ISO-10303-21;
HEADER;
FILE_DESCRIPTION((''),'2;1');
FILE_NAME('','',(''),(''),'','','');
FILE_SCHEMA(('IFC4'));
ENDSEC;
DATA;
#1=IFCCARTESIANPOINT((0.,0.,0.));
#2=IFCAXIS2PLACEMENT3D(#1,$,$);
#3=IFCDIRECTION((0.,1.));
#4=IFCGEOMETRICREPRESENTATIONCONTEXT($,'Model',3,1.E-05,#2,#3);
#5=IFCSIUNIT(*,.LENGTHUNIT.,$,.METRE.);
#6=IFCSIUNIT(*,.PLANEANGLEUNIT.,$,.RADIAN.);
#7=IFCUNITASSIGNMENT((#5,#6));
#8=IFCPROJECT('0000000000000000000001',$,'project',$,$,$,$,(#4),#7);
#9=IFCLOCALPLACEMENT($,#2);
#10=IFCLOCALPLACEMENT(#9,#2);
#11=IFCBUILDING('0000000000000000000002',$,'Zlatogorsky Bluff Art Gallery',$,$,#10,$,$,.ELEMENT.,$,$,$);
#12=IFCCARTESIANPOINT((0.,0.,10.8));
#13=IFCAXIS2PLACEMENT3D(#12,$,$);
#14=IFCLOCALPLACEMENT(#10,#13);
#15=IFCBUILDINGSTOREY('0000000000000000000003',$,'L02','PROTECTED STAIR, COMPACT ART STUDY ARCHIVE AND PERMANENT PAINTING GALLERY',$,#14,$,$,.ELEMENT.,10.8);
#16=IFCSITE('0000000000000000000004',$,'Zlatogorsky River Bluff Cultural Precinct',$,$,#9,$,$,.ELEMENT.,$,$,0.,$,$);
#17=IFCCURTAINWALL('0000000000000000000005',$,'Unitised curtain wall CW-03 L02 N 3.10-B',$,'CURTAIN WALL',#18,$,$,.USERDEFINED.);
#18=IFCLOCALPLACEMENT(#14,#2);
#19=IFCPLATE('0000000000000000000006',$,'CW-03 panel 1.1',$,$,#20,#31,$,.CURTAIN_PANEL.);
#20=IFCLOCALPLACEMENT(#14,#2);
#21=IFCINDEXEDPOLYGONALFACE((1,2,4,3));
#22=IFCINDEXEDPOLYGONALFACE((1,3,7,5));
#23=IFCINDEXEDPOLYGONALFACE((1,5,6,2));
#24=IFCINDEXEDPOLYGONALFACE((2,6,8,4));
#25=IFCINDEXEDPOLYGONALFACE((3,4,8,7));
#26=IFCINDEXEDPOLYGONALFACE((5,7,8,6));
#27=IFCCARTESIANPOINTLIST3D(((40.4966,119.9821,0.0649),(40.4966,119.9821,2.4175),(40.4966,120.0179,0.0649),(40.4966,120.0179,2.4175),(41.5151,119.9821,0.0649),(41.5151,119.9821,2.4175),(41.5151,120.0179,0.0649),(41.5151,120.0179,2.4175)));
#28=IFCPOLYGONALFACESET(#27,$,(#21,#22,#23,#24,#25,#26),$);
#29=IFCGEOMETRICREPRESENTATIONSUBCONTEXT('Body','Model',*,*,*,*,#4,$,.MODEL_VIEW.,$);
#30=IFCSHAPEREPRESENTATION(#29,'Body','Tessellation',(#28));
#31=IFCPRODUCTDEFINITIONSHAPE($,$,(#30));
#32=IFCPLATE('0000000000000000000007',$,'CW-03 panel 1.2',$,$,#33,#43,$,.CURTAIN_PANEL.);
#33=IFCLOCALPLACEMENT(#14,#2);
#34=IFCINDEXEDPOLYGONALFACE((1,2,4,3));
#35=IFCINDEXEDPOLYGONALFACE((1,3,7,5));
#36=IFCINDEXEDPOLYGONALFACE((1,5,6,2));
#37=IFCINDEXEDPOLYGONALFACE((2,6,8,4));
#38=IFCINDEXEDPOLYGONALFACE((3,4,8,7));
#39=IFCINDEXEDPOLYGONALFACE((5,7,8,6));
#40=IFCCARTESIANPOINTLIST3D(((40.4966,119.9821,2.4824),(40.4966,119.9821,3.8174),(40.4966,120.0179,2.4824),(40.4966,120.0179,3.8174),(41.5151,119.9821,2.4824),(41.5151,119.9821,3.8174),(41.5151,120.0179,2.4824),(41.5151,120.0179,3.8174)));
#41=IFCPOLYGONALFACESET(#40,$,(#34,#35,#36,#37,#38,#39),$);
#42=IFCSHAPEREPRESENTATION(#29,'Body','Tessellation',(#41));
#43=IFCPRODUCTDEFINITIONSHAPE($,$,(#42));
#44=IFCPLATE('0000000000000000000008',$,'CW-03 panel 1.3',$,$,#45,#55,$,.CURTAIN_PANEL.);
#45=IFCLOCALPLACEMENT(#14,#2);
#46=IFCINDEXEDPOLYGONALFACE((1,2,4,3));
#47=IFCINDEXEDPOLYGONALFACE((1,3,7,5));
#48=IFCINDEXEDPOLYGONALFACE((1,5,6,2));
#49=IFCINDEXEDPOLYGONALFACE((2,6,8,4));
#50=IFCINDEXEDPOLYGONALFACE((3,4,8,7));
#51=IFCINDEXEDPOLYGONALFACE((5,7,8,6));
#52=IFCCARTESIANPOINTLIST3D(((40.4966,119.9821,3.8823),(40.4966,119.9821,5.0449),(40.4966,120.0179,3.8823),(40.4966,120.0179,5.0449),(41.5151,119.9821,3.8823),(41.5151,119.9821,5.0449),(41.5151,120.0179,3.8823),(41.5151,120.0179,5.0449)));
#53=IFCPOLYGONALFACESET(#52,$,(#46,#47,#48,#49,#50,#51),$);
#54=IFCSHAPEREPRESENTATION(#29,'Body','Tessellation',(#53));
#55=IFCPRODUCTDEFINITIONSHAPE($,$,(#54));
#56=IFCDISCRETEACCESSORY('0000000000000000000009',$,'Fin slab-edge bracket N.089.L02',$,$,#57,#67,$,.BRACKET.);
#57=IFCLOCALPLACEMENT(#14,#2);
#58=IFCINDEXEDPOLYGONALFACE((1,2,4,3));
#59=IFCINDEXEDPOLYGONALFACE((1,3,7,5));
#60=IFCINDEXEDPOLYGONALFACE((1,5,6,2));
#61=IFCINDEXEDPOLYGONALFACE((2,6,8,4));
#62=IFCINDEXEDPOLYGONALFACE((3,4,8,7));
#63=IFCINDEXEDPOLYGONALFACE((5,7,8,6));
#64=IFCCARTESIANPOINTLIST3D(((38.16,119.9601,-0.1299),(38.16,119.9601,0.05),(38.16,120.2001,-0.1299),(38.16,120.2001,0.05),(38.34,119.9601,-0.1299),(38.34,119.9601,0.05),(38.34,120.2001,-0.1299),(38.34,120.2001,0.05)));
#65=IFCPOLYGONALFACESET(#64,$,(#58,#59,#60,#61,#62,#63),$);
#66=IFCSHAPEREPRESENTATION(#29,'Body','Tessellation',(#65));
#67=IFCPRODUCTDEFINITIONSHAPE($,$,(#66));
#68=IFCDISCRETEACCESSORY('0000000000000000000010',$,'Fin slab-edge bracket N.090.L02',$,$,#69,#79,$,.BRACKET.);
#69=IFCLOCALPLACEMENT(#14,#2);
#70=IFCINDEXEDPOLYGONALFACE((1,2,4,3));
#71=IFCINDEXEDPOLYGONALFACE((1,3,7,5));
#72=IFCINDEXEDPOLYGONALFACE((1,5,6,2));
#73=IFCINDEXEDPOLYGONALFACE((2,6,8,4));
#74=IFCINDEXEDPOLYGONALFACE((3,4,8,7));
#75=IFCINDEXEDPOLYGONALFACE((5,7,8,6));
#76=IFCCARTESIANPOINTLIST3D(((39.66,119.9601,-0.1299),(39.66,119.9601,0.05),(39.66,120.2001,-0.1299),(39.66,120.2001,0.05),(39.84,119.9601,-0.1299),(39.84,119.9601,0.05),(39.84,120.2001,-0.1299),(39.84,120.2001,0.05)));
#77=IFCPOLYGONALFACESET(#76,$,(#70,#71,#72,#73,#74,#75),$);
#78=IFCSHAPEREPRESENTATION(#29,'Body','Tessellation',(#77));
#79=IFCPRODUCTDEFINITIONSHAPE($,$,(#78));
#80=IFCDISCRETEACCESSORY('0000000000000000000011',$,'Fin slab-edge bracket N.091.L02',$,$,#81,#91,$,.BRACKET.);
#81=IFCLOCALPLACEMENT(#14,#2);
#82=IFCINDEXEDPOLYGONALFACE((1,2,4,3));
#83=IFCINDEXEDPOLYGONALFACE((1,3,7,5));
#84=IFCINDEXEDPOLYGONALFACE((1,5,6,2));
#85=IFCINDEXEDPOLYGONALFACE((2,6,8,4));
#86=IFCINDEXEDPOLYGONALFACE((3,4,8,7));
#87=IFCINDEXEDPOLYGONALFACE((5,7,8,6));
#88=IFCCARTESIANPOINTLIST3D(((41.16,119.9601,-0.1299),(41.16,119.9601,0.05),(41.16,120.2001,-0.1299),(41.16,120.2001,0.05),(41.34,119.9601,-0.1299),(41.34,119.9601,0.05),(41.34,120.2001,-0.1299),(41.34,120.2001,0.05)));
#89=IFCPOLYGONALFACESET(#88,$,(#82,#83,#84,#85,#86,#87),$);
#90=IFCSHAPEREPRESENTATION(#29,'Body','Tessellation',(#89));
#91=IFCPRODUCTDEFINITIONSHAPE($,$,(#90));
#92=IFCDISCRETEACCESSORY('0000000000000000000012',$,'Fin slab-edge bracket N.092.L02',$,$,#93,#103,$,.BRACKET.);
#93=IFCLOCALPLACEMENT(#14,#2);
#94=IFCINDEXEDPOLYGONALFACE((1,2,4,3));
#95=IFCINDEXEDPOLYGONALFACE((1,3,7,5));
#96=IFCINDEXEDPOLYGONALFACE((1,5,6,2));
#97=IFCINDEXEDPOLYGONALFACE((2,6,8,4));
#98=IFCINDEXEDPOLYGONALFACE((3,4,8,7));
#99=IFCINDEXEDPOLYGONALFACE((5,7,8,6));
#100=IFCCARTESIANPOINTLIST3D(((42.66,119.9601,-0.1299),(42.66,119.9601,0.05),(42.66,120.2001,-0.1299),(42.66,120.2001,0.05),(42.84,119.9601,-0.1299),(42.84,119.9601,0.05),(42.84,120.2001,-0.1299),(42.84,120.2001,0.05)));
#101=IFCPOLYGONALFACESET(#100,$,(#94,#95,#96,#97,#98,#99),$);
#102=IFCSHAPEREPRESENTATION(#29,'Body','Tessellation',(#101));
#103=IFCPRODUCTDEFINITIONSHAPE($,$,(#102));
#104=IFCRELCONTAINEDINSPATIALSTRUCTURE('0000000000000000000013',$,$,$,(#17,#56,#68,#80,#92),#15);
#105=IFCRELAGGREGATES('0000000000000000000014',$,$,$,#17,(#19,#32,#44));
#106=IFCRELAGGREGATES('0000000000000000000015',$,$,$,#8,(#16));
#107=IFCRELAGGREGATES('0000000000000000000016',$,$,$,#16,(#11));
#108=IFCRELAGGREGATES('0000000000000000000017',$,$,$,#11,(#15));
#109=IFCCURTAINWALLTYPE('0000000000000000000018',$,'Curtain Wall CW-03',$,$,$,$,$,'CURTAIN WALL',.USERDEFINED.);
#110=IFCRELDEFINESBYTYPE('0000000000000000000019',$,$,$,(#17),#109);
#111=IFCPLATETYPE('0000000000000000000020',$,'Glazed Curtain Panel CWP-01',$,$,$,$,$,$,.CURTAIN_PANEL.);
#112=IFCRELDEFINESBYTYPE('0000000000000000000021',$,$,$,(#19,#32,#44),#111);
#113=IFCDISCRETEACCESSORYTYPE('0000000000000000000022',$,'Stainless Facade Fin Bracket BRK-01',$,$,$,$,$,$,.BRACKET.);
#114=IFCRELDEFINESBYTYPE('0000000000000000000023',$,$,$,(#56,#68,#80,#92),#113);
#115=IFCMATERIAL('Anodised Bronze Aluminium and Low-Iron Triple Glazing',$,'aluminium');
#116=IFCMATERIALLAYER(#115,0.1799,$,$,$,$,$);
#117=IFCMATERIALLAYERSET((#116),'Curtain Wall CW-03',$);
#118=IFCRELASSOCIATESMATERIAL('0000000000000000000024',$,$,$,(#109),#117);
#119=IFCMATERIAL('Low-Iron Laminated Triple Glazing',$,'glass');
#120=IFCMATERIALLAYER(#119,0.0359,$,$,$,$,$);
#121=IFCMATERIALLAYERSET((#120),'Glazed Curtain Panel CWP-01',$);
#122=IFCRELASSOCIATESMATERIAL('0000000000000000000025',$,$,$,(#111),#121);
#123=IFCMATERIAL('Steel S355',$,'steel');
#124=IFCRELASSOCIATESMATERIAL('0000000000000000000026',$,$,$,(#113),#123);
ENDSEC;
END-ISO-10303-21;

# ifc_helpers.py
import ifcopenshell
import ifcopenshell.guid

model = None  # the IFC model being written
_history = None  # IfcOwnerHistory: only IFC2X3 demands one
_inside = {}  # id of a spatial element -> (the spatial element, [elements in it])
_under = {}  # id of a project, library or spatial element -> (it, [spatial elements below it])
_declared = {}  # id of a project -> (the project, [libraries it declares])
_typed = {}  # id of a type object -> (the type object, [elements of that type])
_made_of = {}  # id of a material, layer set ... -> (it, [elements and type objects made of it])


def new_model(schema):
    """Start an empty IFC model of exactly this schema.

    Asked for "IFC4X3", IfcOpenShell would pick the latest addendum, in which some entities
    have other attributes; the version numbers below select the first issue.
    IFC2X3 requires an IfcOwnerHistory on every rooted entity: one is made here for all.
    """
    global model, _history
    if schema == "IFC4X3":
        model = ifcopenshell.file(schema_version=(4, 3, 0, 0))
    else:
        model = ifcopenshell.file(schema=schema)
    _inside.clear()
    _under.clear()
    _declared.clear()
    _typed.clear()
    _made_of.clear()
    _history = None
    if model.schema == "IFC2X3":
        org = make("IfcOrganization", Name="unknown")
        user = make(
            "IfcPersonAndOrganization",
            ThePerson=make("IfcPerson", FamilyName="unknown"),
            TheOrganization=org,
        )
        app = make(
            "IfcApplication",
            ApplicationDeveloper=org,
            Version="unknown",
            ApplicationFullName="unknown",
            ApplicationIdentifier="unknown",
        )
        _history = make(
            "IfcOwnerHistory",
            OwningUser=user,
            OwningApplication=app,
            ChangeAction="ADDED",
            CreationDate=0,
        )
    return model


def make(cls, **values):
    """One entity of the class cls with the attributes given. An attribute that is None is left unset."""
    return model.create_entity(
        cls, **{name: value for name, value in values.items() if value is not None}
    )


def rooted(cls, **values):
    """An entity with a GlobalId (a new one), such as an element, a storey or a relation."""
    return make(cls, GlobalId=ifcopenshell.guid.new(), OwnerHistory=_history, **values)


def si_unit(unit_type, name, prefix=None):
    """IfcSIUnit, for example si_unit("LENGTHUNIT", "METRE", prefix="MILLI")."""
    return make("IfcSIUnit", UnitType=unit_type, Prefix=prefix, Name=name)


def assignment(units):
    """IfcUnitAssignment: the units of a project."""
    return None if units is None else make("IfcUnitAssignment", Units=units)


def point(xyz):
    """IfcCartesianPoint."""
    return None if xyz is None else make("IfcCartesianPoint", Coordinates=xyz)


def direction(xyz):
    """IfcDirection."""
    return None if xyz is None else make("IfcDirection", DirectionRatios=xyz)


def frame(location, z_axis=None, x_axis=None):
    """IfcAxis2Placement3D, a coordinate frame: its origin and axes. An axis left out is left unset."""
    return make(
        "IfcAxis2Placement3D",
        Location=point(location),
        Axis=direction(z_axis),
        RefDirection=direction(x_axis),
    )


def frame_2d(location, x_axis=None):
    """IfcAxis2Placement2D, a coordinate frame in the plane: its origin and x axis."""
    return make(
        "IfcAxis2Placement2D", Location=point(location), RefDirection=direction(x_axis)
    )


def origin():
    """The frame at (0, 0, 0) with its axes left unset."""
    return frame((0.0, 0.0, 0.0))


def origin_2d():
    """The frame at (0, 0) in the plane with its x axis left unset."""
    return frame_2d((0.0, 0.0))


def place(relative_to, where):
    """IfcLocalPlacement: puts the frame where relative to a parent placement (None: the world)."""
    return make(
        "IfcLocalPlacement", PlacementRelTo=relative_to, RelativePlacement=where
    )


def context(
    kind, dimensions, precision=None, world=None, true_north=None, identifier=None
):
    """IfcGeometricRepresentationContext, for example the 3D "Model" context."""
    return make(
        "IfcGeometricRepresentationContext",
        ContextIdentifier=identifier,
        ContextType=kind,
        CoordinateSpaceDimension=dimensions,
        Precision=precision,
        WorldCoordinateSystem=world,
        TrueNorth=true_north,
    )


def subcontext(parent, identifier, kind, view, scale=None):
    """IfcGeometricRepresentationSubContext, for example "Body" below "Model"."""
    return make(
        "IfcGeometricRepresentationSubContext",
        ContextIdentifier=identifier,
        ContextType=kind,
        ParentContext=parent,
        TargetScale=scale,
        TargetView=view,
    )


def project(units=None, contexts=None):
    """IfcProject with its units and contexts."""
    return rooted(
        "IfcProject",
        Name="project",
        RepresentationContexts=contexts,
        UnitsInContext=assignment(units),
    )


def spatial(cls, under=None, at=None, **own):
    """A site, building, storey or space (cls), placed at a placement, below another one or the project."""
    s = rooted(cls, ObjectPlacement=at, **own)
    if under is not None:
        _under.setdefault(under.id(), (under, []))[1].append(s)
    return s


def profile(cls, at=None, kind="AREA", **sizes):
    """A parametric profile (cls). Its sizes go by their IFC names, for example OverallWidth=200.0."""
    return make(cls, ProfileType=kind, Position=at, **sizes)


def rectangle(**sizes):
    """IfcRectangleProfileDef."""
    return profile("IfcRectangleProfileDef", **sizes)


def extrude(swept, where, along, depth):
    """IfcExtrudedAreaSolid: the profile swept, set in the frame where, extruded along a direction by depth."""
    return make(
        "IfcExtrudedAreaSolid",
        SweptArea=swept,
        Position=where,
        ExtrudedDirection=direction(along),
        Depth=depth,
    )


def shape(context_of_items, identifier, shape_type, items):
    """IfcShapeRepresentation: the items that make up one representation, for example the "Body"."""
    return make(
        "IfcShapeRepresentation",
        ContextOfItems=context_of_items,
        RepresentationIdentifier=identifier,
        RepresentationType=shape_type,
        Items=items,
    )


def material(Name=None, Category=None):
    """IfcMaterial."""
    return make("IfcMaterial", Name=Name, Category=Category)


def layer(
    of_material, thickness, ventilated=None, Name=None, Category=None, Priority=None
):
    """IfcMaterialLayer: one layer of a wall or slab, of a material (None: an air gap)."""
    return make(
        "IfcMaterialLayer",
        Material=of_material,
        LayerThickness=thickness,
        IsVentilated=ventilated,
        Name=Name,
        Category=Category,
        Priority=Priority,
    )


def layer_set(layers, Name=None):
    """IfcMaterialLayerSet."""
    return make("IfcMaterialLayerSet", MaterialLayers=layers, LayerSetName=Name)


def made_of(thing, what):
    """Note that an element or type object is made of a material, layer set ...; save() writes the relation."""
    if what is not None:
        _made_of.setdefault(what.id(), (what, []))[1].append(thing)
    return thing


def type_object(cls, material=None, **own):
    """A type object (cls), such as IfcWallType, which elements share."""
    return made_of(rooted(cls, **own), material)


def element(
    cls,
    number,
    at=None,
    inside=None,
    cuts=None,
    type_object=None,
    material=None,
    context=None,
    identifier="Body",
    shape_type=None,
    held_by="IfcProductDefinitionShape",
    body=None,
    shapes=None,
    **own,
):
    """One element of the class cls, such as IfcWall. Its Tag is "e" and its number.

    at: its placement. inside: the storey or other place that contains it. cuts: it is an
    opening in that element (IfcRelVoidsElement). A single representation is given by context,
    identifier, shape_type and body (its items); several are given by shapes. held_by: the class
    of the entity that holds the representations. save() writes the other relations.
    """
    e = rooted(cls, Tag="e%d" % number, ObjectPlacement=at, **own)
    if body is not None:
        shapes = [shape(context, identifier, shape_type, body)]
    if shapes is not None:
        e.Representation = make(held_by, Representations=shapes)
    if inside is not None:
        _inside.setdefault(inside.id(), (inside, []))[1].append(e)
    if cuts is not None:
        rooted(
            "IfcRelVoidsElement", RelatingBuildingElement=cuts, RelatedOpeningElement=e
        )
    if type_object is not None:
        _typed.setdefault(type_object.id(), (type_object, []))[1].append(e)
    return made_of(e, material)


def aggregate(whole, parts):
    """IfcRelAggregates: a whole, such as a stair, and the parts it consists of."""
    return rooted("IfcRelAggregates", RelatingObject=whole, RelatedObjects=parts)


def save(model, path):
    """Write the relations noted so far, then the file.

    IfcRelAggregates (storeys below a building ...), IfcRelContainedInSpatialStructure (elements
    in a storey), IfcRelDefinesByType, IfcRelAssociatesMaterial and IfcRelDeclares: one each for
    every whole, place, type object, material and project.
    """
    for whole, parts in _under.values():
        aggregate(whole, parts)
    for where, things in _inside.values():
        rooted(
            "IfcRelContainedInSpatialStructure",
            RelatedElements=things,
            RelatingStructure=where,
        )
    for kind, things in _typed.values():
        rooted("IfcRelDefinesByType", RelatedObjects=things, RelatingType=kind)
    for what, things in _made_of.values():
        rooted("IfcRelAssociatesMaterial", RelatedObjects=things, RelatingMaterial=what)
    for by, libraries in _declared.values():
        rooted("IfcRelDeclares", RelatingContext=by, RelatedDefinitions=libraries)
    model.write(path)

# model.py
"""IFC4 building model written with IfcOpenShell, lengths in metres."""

from ifc_helpers import new_model, si_unit, direction, frame, origin, origin_2d, place, context, subcontext, project, spatial, rectangle, extrude, material, layer, layer_set, type_object, element, aggregate, save


model = new_model("IFC4")

# Units and contexts
model_context = context("Model", 3, precision=1e-05, world=origin(), true_north=direction((0.0, 1.0)))
body_context = subcontext(model_context, "Body", "Model", "MODEL_VIEW")
ifc_project = project(units=[si_unit("LENGTHUNIT", "METRE"), si_unit("PLANEANGLEUNIT", "RADIAN")], contexts=[model_context])

# Site, building, storey
site_placement = place(None, origin())
site = spatial("IfcSite", under=ifc_project, at=site_placement, Name="Zlatogorsky River Bluff Cultural Precinct", CompositionType="ELEMENT", RefElevation=0.0)
building_placement = place(site_placement, origin())
building = spatial("IfcBuilding", under=site, at=building_placement, Name="Zlatogorsky Bluff Art Gallery", CompositionType="ELEMENT")
storey_placement = place(building_placement, frame((0.0, 0.0, 10.8)))
storey = spatial("IfcBuildingStorey", under=building, at=storey_placement, Name="L02", Description="PROTECTED STAIR, COMPACT ART STUDY ARCHIVE AND PERMANENT PAINTING GALLERY", CompositionType="ELEMENT", Elevation=10.8)

# Shared definitions
ifc_material_1 = material(Name="Anodised Bronze Aluminium and Low-Iron Triple Glazing", Category="aluminium")
ifc_layer_1 = layer(ifc_material_1, 0.1799)
ifc_layer_set_1 = layer_set([ifc_layer_1], Name="Curtain Wall CW-03")
curtain_wall_type = type_object("IfcCurtainWallType", Name="Curtain Wall CW-03", ElementType="CURTAIN WALL", PredefinedType="USERDEFINED", material=ifc_layer_set_1)

# Curtain wall
curtain_wall_1_placement = place(storey_placement, origin())
curtain_wall_1 = element("IfcCurtainWall", 1, at=curtain_wall_1_placement, inside=storey, type_object=curtain_wall_type, Name="Unitised curtain wall CW-03 L02 N 3.10-B", ObjectType="CURTAIN WALL", PredefinedType="USERDEFINED")

# Plates
ifc_material_2 = material(Name="Low-Iron Laminated Triple Glazing", Category="glass")
ifc_layer_2 = layer(ifc_material_2, 0.0359)
ifc_layer_set_2 = layer_set([ifc_layer_2], Name="Glazed Curtain Panel CWP-01")
plate_type = type_object("IfcPlateType", Name="Glazed Curtain Panel CWP-01", PredefinedType="CURTAIN_PANEL", material=ifc_layer_set_2)
plate_1_placement = place(storey_placement, frame((41.0059, 120.0, 0.0649), z_axis=(0.0, 0.0, 1.0), x_axis=(-1.0, 0.0, 0.0)))
plate_1 = element("IfcPlate", 2, at=plate_1_placement, type_object=plate_type, Name="CW-03 panel 1.1", PredefinedType="CURTAIN_PANEL", context=body_context, shape_type="SweptSolid", body=[
    extrude(rectangle(XDim=1.0186, YDim=0.0359, at=origin_2d()), origin(), (0.0, 0.0, 1.0), 2.3525),
])
plate_2_placement = place(storey_placement, frame((41.0059, 120.0, 2.4824), z_axis=(0.0, 0.0, 1.0), x_axis=(-1.0, 0.0, 0.0)))
plate_2 = element("IfcPlate", 3, at=plate_2_placement, type_object=plate_type, Name="CW-03 panel 1.2", PredefinedType="CURTAIN_PANEL", context=body_context, shape_type="SweptSolid", body=[
    extrude(rectangle(XDim=1.0186, YDim=0.0359, at=origin_2d()), origin(), (0.0, 0.0, 1.0), 1.335),
])
plate_3_placement = place(storey_placement, frame((41.0059, 120.0, 3.8823), z_axis=(0.0, 0.0, 1.0), x_axis=(-1.0, 0.0, 0.0)))
plate_3 = element("IfcPlate", 4, at=plate_3_placement, type_object=plate_type, Name="CW-03 panel 1.3", PredefinedType="CURTAIN_PANEL", context=body_context, shape_type="SweptSolid", body=[
    extrude(rectangle(XDim=1.0186, YDim=0.0359, at=origin_2d()), origin(), (0.0, 0.0, 1.0), 1.1626),
])
aggregate(curtain_wall_1, [plate_1, plate_2, plate_3])

# Discrete accessories
ifc_material_3 = material(Name="Steel S355", Category="steel")
discrete_accessory_type = type_object("IfcDiscreteAccessoryType", Name="Stainless Facade Fin Bracket BRK-01", PredefinedType="BRACKET", material=ifc_material_3)
for number, where, z_axis, x_axis, name in (
    (5, (38.25, 120.0801, -0.1299), (0.0, 0.0, 1.0), (1.0, 0.0, 0.0), "Fin slab-edge bracket N.089.L02"),
    (6, (39.75, 120.0801, -0.1299), (0.0, 0.0, 1.0), (1.0, 0.0, 0.0), "Fin slab-edge bracket N.090.L02"),
    (7, (41.25, 120.0801, -0.1299), (0.0, 0.0, 1.0), (1.0, 0.0, 0.0), "Fin slab-edge bracket N.091.L02"),
    (8, (42.75, 120.0801, -0.1299), (0.0, 0.0, 1.0), (1.0, 0.0, 0.0), "Fin slab-edge bracket N.092.L02"),
):
    element("IfcDiscreteAccessory", number, at=place(storey_placement, frame(where, z_axis=z_axis, x_axis=x_axis)), inside=storey, type_object=discrete_accessory_type, Name=name, PredefinedType="BRACKET", context=body_context, shape_type="SweptSolid", body=[
        extrude(rectangle(XDim=0.1799, YDim=0.24, at=origin_2d()), origin(), (0.0, 0.0, 1.0), 0.1799),
    ])

save(model, "model.ifc")
